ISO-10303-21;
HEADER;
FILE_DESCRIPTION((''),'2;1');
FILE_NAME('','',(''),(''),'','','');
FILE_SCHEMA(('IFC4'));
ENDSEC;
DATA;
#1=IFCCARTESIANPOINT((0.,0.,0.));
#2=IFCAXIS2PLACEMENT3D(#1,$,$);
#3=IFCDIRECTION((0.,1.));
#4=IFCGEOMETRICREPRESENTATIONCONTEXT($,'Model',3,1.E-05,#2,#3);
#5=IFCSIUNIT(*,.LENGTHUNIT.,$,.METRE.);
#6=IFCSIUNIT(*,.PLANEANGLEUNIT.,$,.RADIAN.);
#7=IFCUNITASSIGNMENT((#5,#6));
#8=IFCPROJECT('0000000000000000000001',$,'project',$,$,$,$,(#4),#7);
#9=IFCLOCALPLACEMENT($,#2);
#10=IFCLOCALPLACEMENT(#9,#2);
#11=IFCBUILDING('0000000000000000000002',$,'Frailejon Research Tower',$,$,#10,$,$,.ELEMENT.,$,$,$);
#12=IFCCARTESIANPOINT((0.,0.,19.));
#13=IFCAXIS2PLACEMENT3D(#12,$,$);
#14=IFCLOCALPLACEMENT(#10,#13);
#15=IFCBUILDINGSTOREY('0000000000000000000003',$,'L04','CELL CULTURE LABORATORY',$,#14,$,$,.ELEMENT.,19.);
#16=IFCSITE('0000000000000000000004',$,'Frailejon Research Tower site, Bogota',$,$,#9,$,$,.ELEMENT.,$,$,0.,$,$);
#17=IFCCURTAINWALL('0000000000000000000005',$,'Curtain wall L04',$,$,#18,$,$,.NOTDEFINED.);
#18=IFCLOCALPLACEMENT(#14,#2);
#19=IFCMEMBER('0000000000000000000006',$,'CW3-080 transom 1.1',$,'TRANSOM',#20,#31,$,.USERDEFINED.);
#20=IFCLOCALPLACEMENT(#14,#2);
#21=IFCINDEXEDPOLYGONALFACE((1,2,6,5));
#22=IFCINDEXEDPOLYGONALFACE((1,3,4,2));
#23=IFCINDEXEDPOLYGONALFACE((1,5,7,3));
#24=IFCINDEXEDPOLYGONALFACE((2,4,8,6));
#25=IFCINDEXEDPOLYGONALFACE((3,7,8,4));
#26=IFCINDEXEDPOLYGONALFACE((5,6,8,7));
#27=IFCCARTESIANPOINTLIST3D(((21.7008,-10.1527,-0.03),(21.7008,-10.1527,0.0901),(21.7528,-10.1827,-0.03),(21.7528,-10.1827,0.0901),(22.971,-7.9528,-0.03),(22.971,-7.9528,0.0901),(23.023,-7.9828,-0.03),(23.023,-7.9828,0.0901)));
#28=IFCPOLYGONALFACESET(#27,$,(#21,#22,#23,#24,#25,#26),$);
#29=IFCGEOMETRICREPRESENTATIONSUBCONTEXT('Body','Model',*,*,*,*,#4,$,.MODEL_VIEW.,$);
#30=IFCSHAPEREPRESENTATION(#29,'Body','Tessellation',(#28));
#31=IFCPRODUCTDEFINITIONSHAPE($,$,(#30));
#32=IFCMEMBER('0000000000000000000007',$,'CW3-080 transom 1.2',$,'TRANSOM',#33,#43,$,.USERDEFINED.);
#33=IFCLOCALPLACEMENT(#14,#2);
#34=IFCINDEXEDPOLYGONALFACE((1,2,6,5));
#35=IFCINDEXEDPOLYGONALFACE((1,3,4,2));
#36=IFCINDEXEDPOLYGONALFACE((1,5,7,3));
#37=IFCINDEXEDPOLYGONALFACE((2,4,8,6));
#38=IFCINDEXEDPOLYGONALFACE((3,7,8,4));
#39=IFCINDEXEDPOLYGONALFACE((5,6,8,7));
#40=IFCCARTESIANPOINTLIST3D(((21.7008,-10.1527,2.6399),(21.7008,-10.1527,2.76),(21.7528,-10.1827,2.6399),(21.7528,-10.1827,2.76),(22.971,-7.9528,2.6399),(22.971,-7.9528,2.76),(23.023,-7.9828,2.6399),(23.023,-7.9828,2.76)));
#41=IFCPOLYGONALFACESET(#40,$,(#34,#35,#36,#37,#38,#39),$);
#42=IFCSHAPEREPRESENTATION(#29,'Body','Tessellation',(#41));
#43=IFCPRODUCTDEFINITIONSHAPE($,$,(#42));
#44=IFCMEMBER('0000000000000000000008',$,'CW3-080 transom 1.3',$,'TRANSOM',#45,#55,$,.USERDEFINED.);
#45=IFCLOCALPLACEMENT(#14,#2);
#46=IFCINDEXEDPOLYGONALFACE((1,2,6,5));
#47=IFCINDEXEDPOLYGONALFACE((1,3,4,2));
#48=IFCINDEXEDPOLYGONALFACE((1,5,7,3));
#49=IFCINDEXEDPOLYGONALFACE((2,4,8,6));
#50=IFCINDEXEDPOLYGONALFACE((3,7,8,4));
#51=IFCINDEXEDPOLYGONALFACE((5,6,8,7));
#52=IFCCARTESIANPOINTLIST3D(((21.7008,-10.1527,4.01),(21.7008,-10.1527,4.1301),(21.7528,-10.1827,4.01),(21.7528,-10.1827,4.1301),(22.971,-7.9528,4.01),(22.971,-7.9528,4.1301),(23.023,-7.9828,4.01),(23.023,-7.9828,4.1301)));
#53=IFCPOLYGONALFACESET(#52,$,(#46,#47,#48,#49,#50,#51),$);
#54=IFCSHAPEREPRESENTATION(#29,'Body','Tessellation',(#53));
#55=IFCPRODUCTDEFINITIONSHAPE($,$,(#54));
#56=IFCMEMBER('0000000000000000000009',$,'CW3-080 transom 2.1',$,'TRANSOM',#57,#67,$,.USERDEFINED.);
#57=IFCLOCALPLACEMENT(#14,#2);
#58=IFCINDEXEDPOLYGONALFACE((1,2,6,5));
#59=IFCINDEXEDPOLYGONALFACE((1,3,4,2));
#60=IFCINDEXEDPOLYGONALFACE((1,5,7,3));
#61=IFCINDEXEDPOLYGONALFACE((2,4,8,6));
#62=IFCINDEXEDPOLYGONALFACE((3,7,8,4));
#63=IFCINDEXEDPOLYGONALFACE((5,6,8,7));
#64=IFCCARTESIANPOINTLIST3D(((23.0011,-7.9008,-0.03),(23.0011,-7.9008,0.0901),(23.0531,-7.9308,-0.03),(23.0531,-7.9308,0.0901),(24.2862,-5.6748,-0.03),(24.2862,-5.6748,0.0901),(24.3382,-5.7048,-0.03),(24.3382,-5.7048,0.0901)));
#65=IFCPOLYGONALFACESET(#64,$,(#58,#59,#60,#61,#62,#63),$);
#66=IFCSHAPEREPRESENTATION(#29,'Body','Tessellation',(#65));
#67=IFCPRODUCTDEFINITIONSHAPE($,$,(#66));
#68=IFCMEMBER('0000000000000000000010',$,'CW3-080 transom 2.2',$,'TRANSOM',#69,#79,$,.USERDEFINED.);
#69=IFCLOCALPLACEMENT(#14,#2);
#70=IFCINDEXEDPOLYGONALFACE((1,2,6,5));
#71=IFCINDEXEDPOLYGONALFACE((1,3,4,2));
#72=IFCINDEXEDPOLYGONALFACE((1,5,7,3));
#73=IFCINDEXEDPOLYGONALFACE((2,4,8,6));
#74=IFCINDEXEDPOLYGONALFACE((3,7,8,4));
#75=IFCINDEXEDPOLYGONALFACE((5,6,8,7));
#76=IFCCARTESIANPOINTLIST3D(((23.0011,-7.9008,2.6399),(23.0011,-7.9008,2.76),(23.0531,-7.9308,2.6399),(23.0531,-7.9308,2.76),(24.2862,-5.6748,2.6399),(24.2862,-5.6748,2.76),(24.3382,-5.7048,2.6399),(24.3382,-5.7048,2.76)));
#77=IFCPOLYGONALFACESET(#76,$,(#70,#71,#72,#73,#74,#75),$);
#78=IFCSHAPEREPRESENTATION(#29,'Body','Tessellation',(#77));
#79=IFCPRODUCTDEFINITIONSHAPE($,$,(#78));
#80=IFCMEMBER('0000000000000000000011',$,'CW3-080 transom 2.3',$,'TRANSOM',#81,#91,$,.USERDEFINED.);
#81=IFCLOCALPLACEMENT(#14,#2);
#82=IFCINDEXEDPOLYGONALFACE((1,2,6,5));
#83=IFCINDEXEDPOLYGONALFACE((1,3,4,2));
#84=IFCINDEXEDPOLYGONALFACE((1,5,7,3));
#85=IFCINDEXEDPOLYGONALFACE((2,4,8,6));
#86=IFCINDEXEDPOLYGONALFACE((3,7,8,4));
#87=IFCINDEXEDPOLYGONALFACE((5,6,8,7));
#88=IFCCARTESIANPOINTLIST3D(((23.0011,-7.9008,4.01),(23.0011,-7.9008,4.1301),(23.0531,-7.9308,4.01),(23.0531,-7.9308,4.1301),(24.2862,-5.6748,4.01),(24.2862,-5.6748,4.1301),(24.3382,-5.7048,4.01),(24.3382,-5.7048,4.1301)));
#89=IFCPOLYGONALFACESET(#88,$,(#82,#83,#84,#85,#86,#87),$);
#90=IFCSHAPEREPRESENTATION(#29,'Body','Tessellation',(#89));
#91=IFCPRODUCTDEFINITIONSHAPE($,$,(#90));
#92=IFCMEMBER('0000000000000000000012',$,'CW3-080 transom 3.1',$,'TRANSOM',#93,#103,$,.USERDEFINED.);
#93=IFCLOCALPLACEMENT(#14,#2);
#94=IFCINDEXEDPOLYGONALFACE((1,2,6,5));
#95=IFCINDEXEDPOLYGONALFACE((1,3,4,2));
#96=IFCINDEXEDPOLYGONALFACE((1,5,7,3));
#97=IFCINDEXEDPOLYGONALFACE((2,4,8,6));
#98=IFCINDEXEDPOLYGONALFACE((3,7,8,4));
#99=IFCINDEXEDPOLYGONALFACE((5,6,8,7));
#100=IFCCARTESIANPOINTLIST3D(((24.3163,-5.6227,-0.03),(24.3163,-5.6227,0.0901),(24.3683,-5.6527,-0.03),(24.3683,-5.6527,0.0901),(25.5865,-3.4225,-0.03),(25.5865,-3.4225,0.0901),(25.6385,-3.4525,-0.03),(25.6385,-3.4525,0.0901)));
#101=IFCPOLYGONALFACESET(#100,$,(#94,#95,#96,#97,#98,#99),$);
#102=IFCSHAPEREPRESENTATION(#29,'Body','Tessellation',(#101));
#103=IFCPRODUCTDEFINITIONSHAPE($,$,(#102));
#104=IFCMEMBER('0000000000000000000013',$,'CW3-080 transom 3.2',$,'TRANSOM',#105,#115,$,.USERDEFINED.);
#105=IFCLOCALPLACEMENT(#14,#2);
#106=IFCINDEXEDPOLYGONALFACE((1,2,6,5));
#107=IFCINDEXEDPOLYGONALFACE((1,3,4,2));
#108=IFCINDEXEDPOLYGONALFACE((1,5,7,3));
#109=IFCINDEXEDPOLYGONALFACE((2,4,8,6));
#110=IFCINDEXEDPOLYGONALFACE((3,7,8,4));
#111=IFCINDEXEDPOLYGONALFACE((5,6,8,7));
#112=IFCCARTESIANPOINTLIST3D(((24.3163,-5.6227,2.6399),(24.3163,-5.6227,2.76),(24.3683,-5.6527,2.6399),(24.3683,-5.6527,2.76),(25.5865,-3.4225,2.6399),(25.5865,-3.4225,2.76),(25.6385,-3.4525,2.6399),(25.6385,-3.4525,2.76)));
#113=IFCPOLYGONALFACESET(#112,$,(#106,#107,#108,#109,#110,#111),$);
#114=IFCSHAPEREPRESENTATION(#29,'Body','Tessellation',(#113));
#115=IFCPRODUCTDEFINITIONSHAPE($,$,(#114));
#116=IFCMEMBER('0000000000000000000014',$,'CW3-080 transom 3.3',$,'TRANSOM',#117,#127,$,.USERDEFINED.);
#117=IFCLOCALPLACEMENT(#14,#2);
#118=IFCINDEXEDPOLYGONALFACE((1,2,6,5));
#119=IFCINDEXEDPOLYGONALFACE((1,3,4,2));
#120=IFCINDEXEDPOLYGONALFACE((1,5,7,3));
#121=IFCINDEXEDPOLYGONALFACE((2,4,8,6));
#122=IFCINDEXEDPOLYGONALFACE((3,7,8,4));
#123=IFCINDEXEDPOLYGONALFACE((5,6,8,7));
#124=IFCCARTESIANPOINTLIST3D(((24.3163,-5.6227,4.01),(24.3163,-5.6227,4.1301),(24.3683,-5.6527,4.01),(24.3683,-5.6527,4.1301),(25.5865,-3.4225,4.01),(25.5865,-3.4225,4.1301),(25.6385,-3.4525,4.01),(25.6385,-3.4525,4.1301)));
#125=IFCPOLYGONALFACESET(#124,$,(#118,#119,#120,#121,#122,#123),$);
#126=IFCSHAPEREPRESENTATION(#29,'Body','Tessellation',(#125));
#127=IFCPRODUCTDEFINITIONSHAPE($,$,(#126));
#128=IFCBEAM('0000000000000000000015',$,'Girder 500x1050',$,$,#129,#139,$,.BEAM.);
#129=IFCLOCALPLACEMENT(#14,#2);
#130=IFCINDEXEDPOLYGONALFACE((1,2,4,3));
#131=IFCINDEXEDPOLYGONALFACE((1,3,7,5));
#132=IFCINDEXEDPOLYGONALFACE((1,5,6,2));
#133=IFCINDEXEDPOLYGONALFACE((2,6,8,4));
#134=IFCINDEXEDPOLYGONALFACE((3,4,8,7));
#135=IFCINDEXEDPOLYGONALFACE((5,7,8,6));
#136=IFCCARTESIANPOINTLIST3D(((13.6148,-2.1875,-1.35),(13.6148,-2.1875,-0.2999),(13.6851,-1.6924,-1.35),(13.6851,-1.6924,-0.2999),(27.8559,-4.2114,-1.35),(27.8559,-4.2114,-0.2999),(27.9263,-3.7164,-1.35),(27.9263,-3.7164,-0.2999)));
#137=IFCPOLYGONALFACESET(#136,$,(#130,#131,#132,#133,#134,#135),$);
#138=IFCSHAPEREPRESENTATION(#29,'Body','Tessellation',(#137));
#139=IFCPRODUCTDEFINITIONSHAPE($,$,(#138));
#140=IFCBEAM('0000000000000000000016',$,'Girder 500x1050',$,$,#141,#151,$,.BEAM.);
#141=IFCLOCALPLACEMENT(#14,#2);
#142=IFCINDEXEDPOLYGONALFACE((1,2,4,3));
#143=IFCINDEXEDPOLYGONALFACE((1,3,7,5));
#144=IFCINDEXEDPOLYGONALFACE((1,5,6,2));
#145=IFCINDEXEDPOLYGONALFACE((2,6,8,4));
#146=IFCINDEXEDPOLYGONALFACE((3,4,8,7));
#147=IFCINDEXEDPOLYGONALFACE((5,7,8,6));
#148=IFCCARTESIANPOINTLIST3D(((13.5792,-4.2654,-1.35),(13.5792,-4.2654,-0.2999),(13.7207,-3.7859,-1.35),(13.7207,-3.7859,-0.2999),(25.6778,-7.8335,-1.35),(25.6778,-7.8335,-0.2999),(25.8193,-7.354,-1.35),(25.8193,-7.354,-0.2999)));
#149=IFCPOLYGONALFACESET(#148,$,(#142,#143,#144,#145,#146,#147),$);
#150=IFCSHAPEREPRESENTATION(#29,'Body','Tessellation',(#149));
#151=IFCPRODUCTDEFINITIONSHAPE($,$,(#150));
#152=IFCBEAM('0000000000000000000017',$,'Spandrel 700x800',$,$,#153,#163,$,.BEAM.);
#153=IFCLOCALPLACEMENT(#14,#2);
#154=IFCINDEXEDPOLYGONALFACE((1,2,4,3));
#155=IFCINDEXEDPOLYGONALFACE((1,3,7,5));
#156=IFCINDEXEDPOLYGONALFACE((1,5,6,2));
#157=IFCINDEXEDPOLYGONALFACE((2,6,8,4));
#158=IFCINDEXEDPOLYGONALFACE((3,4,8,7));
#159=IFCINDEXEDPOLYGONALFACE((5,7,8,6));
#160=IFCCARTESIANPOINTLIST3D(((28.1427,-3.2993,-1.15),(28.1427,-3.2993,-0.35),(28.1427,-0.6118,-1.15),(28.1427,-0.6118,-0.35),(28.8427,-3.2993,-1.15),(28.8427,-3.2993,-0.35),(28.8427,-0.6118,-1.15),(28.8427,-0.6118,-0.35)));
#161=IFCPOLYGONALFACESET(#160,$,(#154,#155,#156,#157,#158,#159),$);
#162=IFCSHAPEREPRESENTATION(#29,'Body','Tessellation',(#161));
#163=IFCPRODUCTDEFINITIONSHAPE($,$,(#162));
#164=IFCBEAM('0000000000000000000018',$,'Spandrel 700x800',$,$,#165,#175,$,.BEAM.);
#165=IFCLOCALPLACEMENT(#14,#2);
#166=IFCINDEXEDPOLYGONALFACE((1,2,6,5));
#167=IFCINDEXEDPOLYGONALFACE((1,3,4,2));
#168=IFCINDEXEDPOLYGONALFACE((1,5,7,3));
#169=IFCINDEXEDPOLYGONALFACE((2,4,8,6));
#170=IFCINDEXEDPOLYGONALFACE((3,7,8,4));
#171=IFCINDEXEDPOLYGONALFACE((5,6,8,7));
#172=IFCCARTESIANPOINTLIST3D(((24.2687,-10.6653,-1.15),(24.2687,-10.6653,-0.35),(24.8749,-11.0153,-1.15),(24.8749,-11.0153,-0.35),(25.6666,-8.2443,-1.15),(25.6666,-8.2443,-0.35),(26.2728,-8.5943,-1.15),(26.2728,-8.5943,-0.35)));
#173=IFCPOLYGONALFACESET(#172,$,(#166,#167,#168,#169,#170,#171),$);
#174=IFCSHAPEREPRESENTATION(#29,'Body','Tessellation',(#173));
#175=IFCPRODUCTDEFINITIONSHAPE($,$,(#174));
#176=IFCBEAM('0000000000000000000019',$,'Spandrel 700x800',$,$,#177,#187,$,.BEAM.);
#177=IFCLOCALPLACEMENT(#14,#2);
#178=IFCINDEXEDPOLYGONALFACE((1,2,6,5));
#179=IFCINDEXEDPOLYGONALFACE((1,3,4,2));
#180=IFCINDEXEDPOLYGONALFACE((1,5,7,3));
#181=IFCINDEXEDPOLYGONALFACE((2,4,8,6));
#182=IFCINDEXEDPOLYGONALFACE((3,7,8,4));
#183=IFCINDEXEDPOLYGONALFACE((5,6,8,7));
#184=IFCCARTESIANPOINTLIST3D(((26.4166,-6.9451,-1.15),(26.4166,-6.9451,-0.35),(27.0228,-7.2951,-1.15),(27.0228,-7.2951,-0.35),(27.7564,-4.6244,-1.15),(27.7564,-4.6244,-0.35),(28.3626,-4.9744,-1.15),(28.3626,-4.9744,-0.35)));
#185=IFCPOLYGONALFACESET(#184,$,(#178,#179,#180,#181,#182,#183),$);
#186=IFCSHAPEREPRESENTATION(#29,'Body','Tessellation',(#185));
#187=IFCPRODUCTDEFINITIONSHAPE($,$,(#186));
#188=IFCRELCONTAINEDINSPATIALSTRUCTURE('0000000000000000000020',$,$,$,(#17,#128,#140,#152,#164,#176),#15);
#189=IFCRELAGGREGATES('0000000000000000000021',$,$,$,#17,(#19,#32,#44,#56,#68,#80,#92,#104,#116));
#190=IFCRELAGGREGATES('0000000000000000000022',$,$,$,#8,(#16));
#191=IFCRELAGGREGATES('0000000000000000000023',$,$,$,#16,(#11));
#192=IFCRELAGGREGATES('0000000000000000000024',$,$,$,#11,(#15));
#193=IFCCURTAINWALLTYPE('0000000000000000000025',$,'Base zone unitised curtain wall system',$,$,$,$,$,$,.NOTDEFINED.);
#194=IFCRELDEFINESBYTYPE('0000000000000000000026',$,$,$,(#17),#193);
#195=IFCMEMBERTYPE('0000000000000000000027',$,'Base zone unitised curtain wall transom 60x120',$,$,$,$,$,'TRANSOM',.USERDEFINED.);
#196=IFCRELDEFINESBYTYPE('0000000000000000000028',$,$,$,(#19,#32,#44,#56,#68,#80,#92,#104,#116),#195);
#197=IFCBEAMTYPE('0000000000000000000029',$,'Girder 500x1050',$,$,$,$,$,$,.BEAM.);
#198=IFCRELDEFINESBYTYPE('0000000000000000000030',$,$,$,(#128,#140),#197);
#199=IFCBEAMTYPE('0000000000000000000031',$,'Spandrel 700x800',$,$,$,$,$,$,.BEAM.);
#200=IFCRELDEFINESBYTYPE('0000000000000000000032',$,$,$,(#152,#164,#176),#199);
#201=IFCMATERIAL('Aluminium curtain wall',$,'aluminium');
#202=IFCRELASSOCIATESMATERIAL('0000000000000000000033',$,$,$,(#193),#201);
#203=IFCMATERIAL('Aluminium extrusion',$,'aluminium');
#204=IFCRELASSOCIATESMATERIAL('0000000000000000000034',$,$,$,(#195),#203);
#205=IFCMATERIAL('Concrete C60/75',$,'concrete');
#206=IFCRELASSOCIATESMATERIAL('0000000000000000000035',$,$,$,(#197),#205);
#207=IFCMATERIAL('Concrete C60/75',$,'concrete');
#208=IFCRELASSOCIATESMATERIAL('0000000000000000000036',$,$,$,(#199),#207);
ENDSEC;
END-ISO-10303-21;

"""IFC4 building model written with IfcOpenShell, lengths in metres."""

from ifc_helpers import new_model, si_unit, direction, frame, origin, origin_2d, place, context, subcontext, project, spatial, rectangle, extrude, material, material_profile, profile_set, type_object, element, aggregate, save


model = new_model("IFC4")

# Units and contexts
model_context = context("Model", 3, precision=1e-05, world=origin(), true_north=direction((0.0, 1.0)))
body_context = subcontext(model_context, "Body", "Model", "MODEL_VIEW")
ifc_project = project(units=[si_unit("LENGTHUNIT", "METRE"), si_unit("PLANEANGLEUNIT", "RADIAN")], contexts=[model_context])

# Site, building, storey
site_placement = place(None, origin())
site = spatial("IfcSite", under=ifc_project, at=site_placement, Name="Frailejon Research Tower site, Bogota", CompositionType="ELEMENT", RefElevation=0.0)
building_placement = place(site_placement, origin())
building = spatial("IfcBuilding", under=site, at=building_placement, Name="Frailejon Research Tower", CompositionType="ELEMENT")
storey_placement = place(building_placement, frame((0.0, 0.0, 19.0)))
storey = spatial("IfcBuildingStorey", under=building, at=storey_placement, Name="L04", Description="CELL CULTURE LABORATORY", CompositionType="ELEMENT", Elevation=19.0)

# Curtain wall
ifc_material_1 = material(Name="Aluminium curtain wall", Category="aluminium")
curtain_wall_type = type_object("IfcCurtainWallType", Name="Base zone unitised curtain wall system", PredefinedType="NOTDEFINED", material=ifc_material_1)
curtain_wall_1_placement = place(storey_placement, origin())
curtain_wall_1 = element("IfcCurtainWall", 1, at=curtain_wall_1_placement, inside=storey, type_object=curtain_wall_type, Name="Curtain wall L04", PredefinedType="NOTDEFINED")

# Members
ifc_material_2 = material(Name="Aluminium extrusion", Category="aluminium")
ifc_material_profile_1 = material_profile(ifc_material_2, rectangle(XDim=0.0601, YDim=0.1201, at=origin_2d()), Name="Base zone unitised curtain wall transom 60x120")
ifc_profile_set_1 = profile_set([ifc_material_profile_1], Name="Aluminium extrusion")
member_type_1 = type_object("IfcMemberType", Name="Base zone unitised curtain wall transom 60x120", ElementType="TRANSOM", PredefinedType="USERDEFINED", material=ifc_profile_set_1)
member_1_placement = place(storey_placement, frame((21.7268, -10.1677, 0.03), z_axis=(0.500036, 0.866005, 0.0), x_axis=(-0.866005, 0.500036, 0.0)))
member_1 = element("IfcMember", 2, at=member_1_placement, type_object=member_type_1, Name="CW3-080 transom 1.1", ObjectType="TRANSOM", PredefinedType="USERDEFINED", context=body_context, shape_type="SweptSolid", body=[
    extrude(rectangle(XDim=0.0601, YDim=0.1201, at=origin_2d()), origin(), (0.0, 0.0, 1.0), 2.5403),
])
member_2_placement = place(storey_placement, frame((21.7268, -10.1677, 2.7), z_axis=(0.500036, 0.866005, 0.0), x_axis=(-0.866005, 0.500036, 0.0)))
member_2 = element("IfcMember", 3, at=member_2_placement, type_object=member_type_1, Name="CW3-080 transom 1.2", ObjectType="TRANSOM", PredefinedType="USERDEFINED", context=body_context, shape_type="SweptSolid", body=[
    extrude(rectangle(XDim=0.0601, YDim=0.1201, at=origin_2d()), origin(), (0.0, 0.0, 1.0), 2.5403),
])
member_3_placement = place(storey_placement, frame((21.7268, -10.1677, 4.0701), z_axis=(0.500036, 0.866005, 0.0), x_axis=(-0.866005, 0.500036, 0.0)))
member_3 = element("IfcMember", 4, at=member_3_placement, type_object=member_type_1, Name="CW3-080 transom 1.3", ObjectType="TRANSOM", PredefinedType="USERDEFINED", context=body_context, shape_type="SweptSolid", body=[
    extrude(rectangle(XDim=0.0601, YDim=0.1201, at=origin_2d()), origin(), (0.0, 0.0, 1.0), 2.5403),
])
member_4_placement = place(storey_placement, frame((23.0271, -7.9158, 0.03), z_axis=(0.49998, 0.866037, 0.0), x_axis=(-0.866037, 0.49998, 0.0)))
member_4 = element("IfcMember", 5, at=member_4_placement, type_object=member_type_1, Name="CW3-080 transom 2.1", ObjectType="TRANSOM", PredefinedType="USERDEFINED", context=body_context, shape_type="SweptSolid", body=[
    extrude(rectangle(XDim=0.0601, YDim=0.1201, at=origin_2d()), origin(), (0.0, 0.0, 1.0), 2.5703),
])
member_5_placement = place(storey_placement, frame((23.0271, -7.9158, 2.7), z_axis=(0.49998, 0.866037, 0.0), x_axis=(-0.866037, 0.49998, 0.0)))
member_5 = element("IfcMember", 6, at=member_5_placement, type_object=member_type_1, Name="CW3-080 transom 2.2", ObjectType="TRANSOM", PredefinedType="USERDEFINED", context=body_context, shape_type="SweptSolid", body=[
    extrude(rectangle(XDim=0.0601, YDim=0.1201, at=origin_2d()), origin(), (0.0, 0.0, 1.0), 2.5703),
])
member_6_placement = place(storey_placement, frame((23.0271, -7.9158, 4.0701), z_axis=(0.49998, 0.866037, 0.0), x_axis=(-0.866037, 0.49998, 0.0)))
member_6 = element("IfcMember", 7, at=member_6_placement, type_object=member_type_1, Name="CW3-080 transom 2.3", ObjectType="TRANSOM", PredefinedType="USERDEFINED", context=body_context, shape_type="SweptSolid", body=[
    extrude(rectangle(XDim=0.0601, YDim=0.1201, at=origin_2d()), origin(), (0.0, 0.0, 1.0), 2.5703),
])
member_7_placement = place(storey_placement, frame((24.3423, -5.6377, 0.03), z_axis=(0.499994, 0.866029, 0.0), x_axis=(-0.866029, 0.499994, 0.0)))
member_7 = element("IfcMember", 8, at=member_7_placement, type_object=member_type_1, Name="CW3-080 transom 3.1", ObjectType="TRANSOM", PredefinedType="USERDEFINED", context=body_context, shape_type="SweptSolid", body=[
    extrude(rectangle(XDim=0.0601, YDim=0.1201, at=origin_2d()), origin(), (0.0, 0.0, 1.0), 2.5405),
])
member_8_placement = place(storey_placement, frame((24.3423, -5.6377, 2.7), z_axis=(0.499994, 0.866029, 0.0), x_axis=(-0.866029, 0.499994, 0.0)))
member_8 = element("IfcMember", 9, at=member_8_placement, type_object=member_type_1, Name="CW3-080 transom 3.2", ObjectType="TRANSOM", PredefinedType="USERDEFINED", context=body_context, shape_type="SweptSolid", body=[
    extrude(rectangle(XDim=0.0601, YDim=0.1201, at=origin_2d()), origin(), (0.0, 0.0, 1.0), 2.5405),
])
member_9_placement = place(storey_placement, frame((24.3423, -5.6377, 4.0701), z_axis=(0.499994, 0.866029, 0.0), x_axis=(-0.866029, 0.499994, 0.0)))
member_9 = element("IfcMember", 10, at=member_9_placement, type_object=member_type_1, Name="CW3-080 transom 3.3", ObjectType="TRANSOM", PredefinedType="USERDEFINED", context=body_context, shape_type="SweptSolid", body=[
    extrude(rectangle(XDim=0.0601, YDim=0.1201, at=origin_2d()), origin(), (0.0, 0.0, 1.0), 2.5405),
])

# Beams
ifc_material_3 = material(Name="Concrete C60/75", Category="concrete")
ifc_material_profile_2 = material_profile(ifc_material_3, rectangle(XDim=0.5, YDim=1.05, at=origin_2d()), Name="Girder 500x1050")
ifc_profile_set_2 = profile_set([ifc_material_profile_2], Name="Concrete C60/75")
beam_type_1 = type_object("IfcBeamType", Name="Girder 500x1050", PredefinedType="BEAM", material=ifc_profile_set_2)
beam_1_placement = place(storey_placement, frame((27.8911, -3.9639, -0.825), z_axis=(-0.990052, 0.140704, 0.0), x_axis=(-0.140704, -0.990052, 0.0)))
element("IfcBeam", 11, at=beam_1_placement, inside=storey, type_object=beam_type_1, Name="Girder 500x1050", PredefinedType="BEAM", context=body_context, shape_type="SweptSolid", body=[
    extrude(rectangle(XDim=0.5, YDim=1.05, at=origin_2d()), origin(), (0.0, 0.0, 1.0), 14.3843),
])
beam_2_placement = place(storey_placement, frame((25.7485, -7.5938, -0.825), z_axis=(-0.959157, 0.282874, 0.0), x_axis=(-0.282874, -0.959157, 0.0)))
element("IfcBeam", 12, at=beam_2_placement, inside=storey, type_object=beam_type_1, Name="Girder 500x1050", PredefinedType="BEAM", context=body_context, shape_type="SweptSolid", body=[
    extrude(rectangle(XDim=0.5, YDim=1.05, at=origin_2d()), origin(), (0.0, 0.0, 1.0), 12.6138),
])
ifc_material_4 = material(Name="Concrete C60/75", Category="concrete")
ifc_material_profile_3 = material_profile(ifc_material_4, rectangle(XDim=0.7, YDim=0.8, at=origin_2d()), Name="Spandrel 700x800")
ifc_profile_set_3 = profile_set([ifc_material_profile_3], Name="Concrete C60/75")
beam_type_2 = type_object("IfcBeamType", Name="Spandrel 700x800", PredefinedType="BEAM", material=ifc_profile_set_3)
beam_3_placement = place(storey_placement, frame((28.4927, -3.2993, -0.75), z_axis=(0.0, 1.0, 0.0), x_axis=(-1.0, 0.0, 0.0)))
element("IfcBeam", 13, at=beam_3_placement, inside=storey, type_object=beam_type_2, Name="Spandrel 700x800", PredefinedType="BEAM", context=body_context, shape_type="SweptSolid", body=[
    extrude(rectangle(XDim=0.7, YDim=0.8, at=origin_2d()), origin(), (0.0, 0.0, 1.0), 2.6875),
])
beam_4_placement = place(storey_placement, frame((24.5718, -10.8403, -0.75), z_axis=(0.500027, 0.86601, 0.0), x_axis=(-0.86601, 0.500027, 0.0)))
element("IfcBeam", 14, at=beam_4_placement, inside=storey, type_object=beam_type_2, Name="Spandrel 700x800", PredefinedType="BEAM", context=body_context, shape_type="SweptSolid", body=[
    extrude(rectangle(XDim=0.7, YDim=0.8, at=origin_2d()), origin(), (0.0, 0.0, 1.0), 2.7957),
])
beam_5_placement = place(storey_placement, frame((26.7197, -7.1201, -0.75), z_axis=(0.49998, 0.866037, 0.0), x_axis=(-0.866037, 0.49998, 0.0)))
element("IfcBeam", 15, at=beam_5_placement, inside=storey, type_object=beam_type_2, Name="Spandrel 700x800", PredefinedType="BEAM", context=body_context, shape_type="SweptSolid", body=[
    extrude(rectangle(XDim=0.7, YDim=0.8, at=origin_2d()), origin(), (0.0, 0.0, 1.0), 2.6797),
])

aggregate(curtain_wall_1, [member_1, member_2, member_3, member_4, member_5, member_6, member_7, member_8, member_9])

save(model, "model.ifc")
